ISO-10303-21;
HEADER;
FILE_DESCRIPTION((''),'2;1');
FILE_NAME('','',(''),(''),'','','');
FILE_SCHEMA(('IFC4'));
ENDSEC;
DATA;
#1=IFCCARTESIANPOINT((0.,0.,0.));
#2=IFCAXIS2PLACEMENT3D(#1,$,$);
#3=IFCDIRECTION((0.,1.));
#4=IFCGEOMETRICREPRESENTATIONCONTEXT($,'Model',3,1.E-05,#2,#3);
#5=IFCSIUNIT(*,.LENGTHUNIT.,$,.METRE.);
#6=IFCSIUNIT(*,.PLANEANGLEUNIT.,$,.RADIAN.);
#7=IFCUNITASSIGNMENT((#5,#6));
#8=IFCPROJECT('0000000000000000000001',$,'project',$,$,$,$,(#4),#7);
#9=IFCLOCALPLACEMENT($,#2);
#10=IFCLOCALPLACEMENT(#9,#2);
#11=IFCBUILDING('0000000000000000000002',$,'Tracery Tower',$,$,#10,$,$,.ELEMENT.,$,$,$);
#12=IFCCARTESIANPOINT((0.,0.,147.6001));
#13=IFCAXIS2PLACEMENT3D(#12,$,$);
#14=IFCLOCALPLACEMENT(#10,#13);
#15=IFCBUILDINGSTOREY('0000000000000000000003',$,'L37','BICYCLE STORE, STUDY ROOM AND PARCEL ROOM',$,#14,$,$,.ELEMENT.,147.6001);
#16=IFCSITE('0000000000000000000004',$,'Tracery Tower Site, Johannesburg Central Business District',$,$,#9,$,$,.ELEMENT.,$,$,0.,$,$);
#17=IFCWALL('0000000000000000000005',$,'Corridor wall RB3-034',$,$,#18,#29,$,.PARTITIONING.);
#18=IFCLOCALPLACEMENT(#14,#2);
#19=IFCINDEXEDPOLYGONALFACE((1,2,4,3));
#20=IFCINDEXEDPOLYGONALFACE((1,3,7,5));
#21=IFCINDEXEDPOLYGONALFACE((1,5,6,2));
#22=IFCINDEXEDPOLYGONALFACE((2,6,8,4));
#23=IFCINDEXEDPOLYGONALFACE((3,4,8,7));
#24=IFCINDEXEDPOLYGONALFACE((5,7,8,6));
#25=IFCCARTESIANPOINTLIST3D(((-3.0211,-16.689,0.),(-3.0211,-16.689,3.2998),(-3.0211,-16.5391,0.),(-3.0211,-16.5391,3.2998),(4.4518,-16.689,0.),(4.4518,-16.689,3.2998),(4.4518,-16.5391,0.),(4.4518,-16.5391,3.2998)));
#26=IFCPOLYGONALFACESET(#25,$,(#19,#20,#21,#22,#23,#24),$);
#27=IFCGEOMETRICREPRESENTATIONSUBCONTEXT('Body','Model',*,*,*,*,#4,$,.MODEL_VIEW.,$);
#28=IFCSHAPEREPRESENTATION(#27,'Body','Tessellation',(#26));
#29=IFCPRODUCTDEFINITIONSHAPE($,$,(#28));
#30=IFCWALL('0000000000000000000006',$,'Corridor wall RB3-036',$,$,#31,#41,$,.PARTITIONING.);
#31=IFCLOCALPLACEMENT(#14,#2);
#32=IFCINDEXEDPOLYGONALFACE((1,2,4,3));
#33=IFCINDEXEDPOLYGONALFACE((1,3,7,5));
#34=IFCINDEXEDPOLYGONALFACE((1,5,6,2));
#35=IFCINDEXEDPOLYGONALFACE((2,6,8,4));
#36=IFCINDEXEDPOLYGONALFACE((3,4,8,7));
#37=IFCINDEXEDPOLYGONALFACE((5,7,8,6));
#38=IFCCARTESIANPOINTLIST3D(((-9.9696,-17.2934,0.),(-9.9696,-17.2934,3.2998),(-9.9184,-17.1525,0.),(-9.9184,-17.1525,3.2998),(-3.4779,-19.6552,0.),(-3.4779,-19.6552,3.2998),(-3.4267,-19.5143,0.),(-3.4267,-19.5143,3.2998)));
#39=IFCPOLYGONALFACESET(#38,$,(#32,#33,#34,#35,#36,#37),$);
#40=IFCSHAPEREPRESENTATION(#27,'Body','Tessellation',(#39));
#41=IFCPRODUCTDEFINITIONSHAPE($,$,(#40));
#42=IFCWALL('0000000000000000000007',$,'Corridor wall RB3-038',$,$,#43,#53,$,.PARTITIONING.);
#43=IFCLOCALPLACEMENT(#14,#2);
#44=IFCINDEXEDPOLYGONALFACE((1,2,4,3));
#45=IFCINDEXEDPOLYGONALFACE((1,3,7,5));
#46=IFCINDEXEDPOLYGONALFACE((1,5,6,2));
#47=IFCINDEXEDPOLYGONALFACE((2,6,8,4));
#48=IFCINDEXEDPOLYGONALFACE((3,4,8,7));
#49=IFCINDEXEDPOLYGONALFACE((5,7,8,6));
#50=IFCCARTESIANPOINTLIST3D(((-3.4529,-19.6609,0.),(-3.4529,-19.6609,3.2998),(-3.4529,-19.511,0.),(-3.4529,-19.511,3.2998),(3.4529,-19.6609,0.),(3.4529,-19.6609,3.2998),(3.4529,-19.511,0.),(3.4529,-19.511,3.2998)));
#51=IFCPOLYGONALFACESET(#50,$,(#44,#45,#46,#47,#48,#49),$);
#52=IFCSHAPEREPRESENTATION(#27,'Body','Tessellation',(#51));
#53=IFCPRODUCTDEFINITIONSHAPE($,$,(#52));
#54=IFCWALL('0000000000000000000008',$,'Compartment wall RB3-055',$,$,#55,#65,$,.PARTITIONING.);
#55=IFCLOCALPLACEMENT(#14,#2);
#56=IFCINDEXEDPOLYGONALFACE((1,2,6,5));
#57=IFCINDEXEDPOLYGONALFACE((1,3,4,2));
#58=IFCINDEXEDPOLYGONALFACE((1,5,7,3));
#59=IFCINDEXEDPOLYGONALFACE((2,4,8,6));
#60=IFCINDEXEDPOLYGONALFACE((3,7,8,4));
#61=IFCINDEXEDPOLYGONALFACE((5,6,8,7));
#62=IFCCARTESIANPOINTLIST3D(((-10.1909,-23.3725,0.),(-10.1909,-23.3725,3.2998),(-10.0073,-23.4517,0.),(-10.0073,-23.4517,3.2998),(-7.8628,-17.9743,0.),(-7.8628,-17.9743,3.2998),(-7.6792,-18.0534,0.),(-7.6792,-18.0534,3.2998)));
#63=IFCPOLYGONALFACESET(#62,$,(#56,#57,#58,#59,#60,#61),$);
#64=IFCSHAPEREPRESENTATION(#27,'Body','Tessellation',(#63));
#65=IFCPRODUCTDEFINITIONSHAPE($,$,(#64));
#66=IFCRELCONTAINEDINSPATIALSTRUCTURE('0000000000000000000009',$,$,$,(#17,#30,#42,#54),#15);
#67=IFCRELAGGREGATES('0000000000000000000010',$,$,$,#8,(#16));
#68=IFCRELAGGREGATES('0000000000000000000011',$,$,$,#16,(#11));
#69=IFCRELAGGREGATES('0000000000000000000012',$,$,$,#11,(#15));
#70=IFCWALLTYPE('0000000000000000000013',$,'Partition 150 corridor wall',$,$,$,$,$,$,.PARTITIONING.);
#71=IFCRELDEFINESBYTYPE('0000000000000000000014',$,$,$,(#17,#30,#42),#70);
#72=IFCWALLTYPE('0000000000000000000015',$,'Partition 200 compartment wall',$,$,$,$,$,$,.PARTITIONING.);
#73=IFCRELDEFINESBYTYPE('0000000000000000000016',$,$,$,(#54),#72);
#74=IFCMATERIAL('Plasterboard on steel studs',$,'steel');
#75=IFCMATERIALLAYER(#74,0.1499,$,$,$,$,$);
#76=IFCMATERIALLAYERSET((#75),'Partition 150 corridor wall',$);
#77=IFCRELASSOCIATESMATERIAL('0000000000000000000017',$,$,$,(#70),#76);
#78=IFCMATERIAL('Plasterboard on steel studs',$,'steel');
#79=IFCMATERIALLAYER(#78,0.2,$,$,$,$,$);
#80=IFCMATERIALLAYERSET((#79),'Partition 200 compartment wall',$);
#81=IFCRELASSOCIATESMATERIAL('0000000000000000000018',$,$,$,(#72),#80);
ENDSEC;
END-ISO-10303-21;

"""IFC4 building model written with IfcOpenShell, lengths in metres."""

from ifc_helpers import new_model, si_unit, direction, frame, frame_2d, origin, place, context, subcontext, project, spatial, rectangle, extrude, material, layer, layer_set, type_object, element, save


model = new_model("IFC4")

# Units and contexts
model_context = context("Model", 3, precision=1e-05, world=origin(), true_north=direction((0.0, 1.0)))
body_context = subcontext(model_context, "Body", "Model", "MODEL_VIEW")
ifc_project = project(units=[si_unit("LENGTHUNIT", "METRE"), si_unit("PLANEANGLEUNIT", "RADIAN")], contexts=[model_context])

# Site, building, storey
site_placement = place(None, origin())
site = spatial("IfcSite", under=ifc_project, at=site_placement, Name="Tracery Tower Site, Johannesburg Central Business District", CompositionType="ELEMENT", RefElevation=0.0)
building_placement = place(site_placement, origin())
building = spatial("IfcBuilding", under=site, at=building_placement, Name="Tracery Tower", CompositionType="ELEMENT")
storey_placement = place(building_placement, frame((0.0, 0.0, 147.6001)))
storey = spatial("IfcBuildingStorey", under=building, at=storey_placement, Name="L37", Description="BICYCLE STORE, STUDY ROOM AND PARCEL ROOM", CompositionType="ELEMENT", Elevation=147.6001)

# Shared definitions
ifc_material_1 = material(Name="Plasterboard on steel studs", Category="steel")
ifc_layer_1 = layer(ifc_material_1, 0.1499)
ifc_layer_set_1 = layer_set([ifc_layer_1], Name="Partition 150 corridor wall")
wall_type_1 = type_object("IfcWallType", Name="Partition 150 corridor wall", PredefinedType="PARTITIONING", material=ifc_layer_set_1)

# Walls
wall_1_placement = place(storey_placement, frame((-3.021, -16.614, 0.0), z_axis=(0.0, 0.0, 1.0), x_axis=(1.0, 0.0, 0.0)))
element("IfcWall", 1, at=wall_1_placement, inside=storey, type_object=wall_type_1, Name="Corridor wall RB3-034", PredefinedType="PARTITIONING", context=body_context, shape_type="SweptSolid", body=[
    extrude(rectangle(XDim=7.4729, YDim=0.1499, at=frame_2d((3.7363, 0.0))), origin(), (0.0, 0.0, 1.0), 3.2998),
])
wall_2_placement = place(storey_placement, frame((-9.9441, -17.2229, 0.0), z_axis=(0.0, 0.0, 1.0), x_axis=(0.939738, -0.341896, 0.0)))
element("IfcWall", 2, at=wall_2_placement, inside=storey, type_object=wall_type_1, Name="Corridor wall RB3-036", PredefinedType="PARTITIONING", context=body_context, shape_type="SweptSolid", body=[
    extrude(rectangle(XDim=6.908, YDim=0.1499, at=frame_2d((3.4541, 0.0))), origin(), (0.0, 0.0, 1.0), 3.2998),
])
wall_3_placement = place(storey_placement, frame((-3.4529, -19.5859, 0.0), z_axis=(0.0, 0.0, 1.0), x_axis=(1.0, 0.0, 0.0)))
element("IfcWall", 3, at=wall_3_placement, inside=storey, type_object=wall_type_1, Name="Corridor wall RB3-038", PredefinedType="PARTITIONING", context=body_context, shape_type="SweptSolid", body=[
    extrude(rectangle(XDim=6.9058, YDim=0.1499, at=frame_2d((3.4529, 0.0))), origin(), (0.0, 0.0, 1.0), 3.2998),
])
ifc_material_2 = material(Name="Plasterboard on steel studs", Category="steel")
ifc_layer_2 = layer(ifc_material_2, 0.2)
ifc_layer_set_2 = layer_set([ifc_layer_2], Name="Partition 200 compartment wall")
wall_type_2 = type_object("IfcWallType", Name="Partition 200 compartment wall", PredefinedType="PARTITIONING", material=ifc_layer_set_2)
wall_4_placement = place(storey_placement, frame((-10.0991, -23.4121, 0.0), z_axis=(0.0, 0.0, 1.0), x_axis=(0.396018, 0.918243, 0.0)))
element("IfcWall", 4, at=wall_4_placement, inside=storey, type_object=wall_type_2, Name="Compartment wall RB3-055", PredefinedType="PARTITIONING", context=body_context, shape_type="SweptSolid", body=[
    extrude(rectangle(XDim=5.8789, YDim=0.2, at=frame_2d((2.9395, 0.0))), origin(), (0.0, 0.0, 1.0), 3.2998),
])

save(model, "model.ifc")
